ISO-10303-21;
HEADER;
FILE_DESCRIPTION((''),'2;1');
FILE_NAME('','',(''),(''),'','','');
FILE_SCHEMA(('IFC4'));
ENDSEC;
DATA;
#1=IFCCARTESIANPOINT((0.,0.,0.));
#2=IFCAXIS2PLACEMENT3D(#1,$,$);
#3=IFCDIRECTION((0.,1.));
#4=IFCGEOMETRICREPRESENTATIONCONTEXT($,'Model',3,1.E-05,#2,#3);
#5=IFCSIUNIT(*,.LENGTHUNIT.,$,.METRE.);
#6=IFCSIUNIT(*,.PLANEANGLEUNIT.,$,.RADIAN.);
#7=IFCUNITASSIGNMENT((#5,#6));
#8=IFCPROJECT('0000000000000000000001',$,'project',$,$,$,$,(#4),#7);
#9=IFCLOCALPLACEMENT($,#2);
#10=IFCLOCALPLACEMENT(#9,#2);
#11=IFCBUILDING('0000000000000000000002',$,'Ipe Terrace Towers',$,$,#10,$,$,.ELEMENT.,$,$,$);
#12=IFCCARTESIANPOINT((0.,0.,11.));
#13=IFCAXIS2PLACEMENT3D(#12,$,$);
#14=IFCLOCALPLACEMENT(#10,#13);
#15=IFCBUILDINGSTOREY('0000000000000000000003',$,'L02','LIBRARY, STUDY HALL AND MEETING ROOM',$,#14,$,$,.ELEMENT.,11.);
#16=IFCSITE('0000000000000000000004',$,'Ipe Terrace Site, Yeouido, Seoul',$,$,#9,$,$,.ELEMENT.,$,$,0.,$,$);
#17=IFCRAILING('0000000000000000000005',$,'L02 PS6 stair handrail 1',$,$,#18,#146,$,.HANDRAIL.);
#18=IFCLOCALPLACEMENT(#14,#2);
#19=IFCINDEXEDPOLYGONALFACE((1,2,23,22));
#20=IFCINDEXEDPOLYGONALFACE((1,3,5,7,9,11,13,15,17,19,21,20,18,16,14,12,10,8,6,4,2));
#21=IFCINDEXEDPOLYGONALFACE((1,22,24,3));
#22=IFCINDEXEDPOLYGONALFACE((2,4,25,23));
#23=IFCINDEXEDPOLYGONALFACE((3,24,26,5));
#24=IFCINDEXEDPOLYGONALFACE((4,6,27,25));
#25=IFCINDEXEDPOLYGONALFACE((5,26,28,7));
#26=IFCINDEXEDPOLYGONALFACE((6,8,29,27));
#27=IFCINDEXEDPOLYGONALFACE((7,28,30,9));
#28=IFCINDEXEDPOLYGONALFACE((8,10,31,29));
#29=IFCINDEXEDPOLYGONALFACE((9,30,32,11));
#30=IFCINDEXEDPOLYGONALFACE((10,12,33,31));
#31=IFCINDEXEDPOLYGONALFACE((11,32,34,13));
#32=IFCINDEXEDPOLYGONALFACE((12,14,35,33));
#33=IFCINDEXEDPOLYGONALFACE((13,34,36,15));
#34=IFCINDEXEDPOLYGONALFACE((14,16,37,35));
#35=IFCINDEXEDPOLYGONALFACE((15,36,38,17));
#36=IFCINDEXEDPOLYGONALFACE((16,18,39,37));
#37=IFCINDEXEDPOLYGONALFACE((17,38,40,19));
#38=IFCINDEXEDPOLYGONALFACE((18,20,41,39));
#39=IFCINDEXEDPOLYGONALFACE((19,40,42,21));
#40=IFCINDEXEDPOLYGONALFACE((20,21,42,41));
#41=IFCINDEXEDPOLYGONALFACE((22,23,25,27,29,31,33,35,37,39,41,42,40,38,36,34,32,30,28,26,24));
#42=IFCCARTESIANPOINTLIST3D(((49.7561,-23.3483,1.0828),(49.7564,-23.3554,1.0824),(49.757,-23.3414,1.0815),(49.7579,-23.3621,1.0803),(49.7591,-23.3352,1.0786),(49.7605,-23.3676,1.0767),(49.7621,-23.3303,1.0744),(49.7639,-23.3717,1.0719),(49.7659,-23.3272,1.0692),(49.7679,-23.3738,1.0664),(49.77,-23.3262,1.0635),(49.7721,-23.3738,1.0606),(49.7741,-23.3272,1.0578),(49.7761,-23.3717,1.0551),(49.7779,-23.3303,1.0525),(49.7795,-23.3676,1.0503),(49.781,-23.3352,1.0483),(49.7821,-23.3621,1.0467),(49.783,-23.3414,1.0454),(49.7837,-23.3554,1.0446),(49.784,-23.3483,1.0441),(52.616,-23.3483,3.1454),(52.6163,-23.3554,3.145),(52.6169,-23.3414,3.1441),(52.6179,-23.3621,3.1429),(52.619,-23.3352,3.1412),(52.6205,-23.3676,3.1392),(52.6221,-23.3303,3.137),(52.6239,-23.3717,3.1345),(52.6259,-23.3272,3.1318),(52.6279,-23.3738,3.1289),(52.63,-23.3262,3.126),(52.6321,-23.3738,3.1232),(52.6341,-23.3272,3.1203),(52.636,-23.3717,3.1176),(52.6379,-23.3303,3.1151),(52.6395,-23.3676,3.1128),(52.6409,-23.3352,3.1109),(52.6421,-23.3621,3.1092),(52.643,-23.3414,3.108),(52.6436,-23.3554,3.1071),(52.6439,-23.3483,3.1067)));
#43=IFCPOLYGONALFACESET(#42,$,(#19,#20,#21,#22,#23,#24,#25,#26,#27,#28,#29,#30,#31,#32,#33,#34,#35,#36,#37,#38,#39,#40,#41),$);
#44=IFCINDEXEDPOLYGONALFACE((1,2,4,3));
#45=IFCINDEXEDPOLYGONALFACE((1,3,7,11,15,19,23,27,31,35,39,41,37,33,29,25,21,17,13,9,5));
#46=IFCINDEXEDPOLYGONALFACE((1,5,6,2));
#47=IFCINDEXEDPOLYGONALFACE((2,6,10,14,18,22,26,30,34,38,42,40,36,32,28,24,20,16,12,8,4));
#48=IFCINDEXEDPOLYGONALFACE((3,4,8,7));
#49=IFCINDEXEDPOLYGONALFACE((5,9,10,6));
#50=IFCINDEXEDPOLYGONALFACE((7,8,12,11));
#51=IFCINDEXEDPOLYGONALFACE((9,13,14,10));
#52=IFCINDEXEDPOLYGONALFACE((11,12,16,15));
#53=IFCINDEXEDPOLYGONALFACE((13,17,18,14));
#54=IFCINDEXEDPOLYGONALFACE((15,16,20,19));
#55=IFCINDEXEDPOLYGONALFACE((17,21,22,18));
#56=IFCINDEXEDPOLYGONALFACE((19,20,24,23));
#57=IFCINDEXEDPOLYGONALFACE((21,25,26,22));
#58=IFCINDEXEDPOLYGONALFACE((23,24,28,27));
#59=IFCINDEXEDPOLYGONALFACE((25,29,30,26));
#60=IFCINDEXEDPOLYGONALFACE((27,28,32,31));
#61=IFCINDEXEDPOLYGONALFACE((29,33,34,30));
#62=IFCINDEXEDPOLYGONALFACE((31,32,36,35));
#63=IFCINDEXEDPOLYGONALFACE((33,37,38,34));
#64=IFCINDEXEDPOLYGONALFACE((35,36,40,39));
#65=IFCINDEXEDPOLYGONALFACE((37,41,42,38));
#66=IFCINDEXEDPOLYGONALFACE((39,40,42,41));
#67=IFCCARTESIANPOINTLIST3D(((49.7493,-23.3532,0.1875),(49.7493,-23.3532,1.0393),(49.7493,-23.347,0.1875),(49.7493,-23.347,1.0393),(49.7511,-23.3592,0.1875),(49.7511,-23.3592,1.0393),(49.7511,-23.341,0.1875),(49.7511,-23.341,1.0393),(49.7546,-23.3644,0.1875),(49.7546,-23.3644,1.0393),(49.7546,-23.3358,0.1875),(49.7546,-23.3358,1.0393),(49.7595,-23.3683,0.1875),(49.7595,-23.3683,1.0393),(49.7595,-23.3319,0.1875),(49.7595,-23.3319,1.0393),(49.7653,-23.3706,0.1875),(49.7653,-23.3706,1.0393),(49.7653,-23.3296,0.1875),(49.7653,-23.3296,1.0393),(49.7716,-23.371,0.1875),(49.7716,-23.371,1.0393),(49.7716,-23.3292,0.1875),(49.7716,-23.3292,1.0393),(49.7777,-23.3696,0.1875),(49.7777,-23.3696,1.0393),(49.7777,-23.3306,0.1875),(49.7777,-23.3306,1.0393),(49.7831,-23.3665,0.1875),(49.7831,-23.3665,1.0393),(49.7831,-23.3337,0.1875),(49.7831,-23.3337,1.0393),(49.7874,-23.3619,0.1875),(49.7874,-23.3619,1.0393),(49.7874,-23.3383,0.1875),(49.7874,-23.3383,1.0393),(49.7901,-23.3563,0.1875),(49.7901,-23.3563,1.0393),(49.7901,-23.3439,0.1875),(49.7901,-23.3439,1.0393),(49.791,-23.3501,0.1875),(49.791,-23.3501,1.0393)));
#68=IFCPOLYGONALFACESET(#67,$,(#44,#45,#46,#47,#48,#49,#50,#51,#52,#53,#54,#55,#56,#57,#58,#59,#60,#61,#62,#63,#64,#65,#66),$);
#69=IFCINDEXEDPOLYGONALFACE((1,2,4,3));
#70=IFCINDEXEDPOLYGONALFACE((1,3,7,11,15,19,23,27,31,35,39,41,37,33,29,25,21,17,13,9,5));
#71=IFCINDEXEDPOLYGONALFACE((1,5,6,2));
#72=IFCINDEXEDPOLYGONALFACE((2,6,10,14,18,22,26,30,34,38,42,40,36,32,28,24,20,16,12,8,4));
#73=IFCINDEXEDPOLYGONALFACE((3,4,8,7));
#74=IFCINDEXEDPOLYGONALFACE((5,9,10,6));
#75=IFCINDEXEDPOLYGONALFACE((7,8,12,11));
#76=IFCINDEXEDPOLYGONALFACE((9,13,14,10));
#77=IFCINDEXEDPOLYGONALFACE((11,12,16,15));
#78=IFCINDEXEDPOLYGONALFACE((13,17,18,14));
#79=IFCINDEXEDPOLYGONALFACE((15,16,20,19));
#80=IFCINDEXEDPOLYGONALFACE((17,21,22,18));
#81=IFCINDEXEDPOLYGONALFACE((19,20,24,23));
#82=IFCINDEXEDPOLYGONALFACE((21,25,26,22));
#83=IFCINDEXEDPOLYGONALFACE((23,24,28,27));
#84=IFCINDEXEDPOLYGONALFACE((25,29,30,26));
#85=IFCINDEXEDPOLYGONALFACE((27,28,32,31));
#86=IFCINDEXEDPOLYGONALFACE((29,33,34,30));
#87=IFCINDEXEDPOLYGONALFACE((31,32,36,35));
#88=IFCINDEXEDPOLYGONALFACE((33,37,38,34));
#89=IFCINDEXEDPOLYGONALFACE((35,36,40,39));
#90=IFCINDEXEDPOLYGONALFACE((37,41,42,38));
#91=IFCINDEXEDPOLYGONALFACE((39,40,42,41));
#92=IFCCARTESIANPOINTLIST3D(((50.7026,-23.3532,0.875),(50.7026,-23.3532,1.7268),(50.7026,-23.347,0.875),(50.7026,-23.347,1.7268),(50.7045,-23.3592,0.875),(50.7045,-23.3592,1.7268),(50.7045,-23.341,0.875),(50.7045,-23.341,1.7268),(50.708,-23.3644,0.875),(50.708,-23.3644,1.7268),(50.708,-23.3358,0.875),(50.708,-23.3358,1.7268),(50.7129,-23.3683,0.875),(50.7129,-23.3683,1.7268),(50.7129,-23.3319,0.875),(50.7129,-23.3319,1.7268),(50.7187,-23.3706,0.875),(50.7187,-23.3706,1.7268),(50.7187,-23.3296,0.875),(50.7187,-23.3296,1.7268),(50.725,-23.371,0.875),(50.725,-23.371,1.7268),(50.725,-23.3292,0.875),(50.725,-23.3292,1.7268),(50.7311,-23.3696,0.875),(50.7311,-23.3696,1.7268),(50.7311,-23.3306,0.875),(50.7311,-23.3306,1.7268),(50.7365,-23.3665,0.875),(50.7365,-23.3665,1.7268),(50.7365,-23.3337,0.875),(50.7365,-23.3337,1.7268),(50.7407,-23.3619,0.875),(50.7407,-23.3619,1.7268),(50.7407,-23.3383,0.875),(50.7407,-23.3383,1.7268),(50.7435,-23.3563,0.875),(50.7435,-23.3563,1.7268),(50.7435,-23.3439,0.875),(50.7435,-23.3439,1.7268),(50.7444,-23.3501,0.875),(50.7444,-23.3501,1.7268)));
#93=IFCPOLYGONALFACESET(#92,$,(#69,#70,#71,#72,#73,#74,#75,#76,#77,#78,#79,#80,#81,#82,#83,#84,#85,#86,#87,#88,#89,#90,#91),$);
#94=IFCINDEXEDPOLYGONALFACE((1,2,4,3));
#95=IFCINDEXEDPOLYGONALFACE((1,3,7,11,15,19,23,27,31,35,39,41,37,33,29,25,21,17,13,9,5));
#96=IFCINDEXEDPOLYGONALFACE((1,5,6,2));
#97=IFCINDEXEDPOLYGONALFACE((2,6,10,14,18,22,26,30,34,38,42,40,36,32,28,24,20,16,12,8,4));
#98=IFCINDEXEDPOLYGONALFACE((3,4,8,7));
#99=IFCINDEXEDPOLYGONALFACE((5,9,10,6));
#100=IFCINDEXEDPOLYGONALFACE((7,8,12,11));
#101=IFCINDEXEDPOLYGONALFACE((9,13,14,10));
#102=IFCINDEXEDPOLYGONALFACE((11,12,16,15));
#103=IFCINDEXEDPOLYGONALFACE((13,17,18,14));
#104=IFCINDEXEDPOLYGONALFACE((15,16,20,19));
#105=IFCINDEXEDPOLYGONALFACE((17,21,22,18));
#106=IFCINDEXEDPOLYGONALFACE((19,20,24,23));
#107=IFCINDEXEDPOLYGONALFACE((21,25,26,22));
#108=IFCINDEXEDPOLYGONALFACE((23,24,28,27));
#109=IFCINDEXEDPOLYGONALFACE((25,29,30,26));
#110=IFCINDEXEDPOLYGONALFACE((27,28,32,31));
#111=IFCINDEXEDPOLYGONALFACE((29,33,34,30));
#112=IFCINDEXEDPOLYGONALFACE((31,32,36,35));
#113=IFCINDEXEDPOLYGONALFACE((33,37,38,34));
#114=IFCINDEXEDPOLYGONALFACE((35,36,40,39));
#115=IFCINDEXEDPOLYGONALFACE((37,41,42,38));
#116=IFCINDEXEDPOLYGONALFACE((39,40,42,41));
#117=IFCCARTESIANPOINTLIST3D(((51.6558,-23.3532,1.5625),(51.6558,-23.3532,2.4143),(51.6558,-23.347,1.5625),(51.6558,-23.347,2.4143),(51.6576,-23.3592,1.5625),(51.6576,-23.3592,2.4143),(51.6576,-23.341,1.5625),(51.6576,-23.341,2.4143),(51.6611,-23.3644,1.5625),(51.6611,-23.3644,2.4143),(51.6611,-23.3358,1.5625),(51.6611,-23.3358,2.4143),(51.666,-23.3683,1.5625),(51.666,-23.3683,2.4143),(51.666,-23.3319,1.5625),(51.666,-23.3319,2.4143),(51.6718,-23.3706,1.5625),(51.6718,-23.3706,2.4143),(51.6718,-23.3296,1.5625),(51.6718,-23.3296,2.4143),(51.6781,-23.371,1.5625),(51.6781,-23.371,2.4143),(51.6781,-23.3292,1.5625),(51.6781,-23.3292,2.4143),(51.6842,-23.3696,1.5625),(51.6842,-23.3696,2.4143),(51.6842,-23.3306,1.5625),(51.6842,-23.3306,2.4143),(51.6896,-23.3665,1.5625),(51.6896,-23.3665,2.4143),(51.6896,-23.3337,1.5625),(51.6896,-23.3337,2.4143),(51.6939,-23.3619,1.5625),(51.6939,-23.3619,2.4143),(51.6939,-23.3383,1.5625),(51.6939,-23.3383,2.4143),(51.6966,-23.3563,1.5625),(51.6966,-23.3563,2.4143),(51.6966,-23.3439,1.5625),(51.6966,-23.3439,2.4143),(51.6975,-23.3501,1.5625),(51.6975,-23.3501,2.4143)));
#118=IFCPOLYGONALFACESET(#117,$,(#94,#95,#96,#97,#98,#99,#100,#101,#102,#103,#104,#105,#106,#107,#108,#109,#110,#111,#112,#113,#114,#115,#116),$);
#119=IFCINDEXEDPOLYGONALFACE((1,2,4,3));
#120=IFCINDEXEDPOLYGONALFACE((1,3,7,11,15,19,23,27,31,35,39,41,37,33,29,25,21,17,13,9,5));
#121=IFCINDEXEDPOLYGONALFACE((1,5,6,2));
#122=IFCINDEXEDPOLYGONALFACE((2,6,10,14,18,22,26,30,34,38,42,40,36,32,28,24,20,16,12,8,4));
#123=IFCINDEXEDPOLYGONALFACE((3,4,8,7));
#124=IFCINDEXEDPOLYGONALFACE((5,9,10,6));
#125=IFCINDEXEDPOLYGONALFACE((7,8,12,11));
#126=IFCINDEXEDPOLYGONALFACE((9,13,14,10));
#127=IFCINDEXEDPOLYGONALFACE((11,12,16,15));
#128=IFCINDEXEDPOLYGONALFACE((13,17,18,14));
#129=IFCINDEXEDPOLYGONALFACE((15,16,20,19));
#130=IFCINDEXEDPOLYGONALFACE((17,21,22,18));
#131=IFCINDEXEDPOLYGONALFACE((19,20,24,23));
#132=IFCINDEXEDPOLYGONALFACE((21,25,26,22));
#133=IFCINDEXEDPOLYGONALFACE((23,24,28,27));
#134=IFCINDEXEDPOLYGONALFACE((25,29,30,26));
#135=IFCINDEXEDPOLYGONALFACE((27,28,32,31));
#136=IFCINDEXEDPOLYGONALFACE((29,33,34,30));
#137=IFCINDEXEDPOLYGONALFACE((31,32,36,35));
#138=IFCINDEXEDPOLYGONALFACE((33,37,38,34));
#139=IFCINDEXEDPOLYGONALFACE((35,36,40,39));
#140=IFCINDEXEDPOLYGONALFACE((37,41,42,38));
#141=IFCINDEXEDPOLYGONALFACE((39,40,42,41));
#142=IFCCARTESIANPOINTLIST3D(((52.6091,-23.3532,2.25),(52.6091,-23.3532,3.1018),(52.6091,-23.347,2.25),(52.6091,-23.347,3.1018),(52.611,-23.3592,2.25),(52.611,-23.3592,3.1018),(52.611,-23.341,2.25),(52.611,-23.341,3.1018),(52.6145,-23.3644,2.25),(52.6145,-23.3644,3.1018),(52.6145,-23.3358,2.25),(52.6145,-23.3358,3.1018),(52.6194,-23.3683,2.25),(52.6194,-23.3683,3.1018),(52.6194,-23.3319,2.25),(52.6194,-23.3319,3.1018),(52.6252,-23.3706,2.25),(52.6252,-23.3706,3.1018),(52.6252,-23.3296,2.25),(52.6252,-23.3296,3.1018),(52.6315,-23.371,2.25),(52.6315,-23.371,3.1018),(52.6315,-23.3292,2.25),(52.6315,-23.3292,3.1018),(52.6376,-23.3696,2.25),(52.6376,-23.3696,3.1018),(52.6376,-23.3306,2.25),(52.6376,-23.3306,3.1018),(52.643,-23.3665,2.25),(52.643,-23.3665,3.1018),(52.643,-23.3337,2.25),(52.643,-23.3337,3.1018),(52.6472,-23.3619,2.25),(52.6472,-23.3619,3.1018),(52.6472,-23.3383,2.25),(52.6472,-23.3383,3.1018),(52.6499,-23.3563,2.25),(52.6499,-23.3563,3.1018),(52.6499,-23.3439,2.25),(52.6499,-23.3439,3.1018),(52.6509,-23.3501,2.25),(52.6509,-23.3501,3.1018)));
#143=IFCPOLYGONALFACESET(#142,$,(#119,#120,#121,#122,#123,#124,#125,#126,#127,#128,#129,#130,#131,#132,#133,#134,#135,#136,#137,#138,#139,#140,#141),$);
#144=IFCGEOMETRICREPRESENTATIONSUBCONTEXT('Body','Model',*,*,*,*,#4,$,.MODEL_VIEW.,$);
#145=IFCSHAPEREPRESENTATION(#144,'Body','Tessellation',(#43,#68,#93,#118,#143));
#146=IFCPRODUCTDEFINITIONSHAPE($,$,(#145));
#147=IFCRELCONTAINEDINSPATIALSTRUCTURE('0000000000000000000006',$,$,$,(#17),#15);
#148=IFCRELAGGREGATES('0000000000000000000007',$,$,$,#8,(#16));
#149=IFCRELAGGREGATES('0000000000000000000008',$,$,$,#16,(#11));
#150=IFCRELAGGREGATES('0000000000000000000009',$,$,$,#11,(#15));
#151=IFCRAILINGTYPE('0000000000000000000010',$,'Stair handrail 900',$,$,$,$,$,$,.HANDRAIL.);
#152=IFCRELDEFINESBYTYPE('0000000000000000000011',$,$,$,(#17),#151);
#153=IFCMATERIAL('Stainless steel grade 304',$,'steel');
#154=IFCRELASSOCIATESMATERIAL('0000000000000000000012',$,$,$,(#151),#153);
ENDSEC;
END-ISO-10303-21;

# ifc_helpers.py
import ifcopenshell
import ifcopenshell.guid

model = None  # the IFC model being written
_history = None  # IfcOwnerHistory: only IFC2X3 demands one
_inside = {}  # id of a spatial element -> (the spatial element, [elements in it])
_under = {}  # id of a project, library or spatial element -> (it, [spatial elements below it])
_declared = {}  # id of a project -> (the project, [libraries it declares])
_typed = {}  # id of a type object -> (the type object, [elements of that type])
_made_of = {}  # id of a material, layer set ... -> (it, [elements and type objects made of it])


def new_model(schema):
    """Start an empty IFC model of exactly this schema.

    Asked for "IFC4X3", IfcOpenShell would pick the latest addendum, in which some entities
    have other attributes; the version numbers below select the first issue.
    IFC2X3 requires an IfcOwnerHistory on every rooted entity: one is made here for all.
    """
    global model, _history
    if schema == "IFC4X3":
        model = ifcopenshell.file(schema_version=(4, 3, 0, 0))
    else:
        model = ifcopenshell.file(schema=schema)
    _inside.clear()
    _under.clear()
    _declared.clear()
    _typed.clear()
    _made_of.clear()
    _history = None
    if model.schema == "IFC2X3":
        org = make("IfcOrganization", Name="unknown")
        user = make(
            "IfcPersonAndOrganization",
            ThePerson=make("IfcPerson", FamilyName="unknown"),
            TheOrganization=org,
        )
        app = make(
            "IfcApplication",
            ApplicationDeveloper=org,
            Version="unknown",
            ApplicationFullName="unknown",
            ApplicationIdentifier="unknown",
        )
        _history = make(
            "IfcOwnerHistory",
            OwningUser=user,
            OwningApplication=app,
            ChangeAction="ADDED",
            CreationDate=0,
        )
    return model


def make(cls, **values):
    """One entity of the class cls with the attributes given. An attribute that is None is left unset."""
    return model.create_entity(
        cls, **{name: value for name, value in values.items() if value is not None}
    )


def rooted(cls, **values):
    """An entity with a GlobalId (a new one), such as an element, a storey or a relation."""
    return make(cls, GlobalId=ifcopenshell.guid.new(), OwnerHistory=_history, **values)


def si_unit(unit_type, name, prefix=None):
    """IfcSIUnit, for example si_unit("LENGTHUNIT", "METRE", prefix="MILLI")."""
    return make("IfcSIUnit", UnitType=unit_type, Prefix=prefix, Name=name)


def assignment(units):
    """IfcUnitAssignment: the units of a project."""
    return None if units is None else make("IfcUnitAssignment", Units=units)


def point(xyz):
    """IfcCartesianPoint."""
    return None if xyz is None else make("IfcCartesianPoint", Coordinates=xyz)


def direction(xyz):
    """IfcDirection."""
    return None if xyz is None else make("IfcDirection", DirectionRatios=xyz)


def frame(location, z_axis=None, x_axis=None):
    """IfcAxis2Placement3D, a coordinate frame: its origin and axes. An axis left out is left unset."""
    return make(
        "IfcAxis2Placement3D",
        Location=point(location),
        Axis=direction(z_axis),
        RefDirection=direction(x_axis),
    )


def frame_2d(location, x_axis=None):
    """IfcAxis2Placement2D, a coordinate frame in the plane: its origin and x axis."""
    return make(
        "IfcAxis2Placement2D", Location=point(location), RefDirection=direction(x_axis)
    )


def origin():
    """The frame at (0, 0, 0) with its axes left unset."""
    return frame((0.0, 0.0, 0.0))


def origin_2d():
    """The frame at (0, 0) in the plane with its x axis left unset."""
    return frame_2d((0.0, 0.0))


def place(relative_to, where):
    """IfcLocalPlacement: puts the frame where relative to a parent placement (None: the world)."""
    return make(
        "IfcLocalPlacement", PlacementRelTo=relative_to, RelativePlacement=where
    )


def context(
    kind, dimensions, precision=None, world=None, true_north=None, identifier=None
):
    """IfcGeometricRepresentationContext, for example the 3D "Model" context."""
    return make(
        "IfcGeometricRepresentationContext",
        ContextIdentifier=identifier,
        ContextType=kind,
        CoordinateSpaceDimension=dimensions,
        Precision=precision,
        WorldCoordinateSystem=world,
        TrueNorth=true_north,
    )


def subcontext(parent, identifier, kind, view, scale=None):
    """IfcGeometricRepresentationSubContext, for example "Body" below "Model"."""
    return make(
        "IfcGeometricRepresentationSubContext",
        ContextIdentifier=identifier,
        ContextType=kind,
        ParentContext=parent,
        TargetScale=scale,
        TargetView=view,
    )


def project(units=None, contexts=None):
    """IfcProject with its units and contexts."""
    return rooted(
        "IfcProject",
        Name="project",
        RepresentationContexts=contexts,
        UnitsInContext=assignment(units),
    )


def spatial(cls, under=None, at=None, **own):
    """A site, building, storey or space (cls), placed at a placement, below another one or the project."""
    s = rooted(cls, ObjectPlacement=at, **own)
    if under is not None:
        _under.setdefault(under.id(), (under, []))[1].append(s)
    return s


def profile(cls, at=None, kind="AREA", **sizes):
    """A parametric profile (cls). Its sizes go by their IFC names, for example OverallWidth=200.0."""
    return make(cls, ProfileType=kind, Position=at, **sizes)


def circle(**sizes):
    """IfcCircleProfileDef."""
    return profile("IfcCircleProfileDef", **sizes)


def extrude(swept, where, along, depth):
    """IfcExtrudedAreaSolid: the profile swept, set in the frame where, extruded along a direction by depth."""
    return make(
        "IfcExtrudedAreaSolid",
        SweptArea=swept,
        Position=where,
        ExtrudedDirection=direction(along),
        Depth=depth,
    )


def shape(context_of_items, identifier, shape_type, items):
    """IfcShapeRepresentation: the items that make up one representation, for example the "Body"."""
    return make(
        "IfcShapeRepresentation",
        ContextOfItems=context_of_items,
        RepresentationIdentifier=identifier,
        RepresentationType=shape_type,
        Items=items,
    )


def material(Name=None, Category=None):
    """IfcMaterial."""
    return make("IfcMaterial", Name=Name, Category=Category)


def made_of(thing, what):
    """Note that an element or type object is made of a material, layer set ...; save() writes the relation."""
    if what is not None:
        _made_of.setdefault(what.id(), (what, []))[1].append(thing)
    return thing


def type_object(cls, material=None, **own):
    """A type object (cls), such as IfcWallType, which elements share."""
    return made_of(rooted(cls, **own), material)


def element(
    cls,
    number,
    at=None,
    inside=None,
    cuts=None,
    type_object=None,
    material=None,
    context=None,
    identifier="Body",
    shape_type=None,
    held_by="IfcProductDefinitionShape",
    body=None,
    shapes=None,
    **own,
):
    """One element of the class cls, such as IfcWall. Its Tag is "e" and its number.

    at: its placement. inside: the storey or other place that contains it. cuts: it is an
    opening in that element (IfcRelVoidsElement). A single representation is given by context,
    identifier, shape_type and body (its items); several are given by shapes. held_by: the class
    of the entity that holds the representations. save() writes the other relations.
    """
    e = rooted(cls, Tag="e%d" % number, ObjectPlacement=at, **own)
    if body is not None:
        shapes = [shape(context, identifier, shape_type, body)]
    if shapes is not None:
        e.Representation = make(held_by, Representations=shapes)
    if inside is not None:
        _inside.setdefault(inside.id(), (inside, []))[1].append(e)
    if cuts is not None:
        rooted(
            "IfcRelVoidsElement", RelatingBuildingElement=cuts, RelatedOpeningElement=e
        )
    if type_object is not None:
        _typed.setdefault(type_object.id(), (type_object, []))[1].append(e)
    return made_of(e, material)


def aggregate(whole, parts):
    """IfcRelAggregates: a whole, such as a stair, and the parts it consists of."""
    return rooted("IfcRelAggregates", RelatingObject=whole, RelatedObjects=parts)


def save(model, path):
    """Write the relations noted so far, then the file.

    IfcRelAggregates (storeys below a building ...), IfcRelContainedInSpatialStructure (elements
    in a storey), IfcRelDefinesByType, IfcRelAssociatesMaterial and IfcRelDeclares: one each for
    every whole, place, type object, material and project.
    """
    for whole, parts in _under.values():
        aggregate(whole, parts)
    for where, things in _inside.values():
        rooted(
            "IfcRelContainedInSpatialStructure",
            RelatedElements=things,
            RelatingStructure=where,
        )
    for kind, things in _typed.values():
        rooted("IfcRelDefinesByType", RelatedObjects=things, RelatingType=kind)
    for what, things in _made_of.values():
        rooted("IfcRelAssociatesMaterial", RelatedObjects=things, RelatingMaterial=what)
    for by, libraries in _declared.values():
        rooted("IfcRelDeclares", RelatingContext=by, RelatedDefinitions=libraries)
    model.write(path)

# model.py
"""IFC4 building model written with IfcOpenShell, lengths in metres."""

from ifc_helpers import new_model, si_unit, direction, frame, origin, origin_2d, place, context, subcontext, project, spatial, circle, extrude, material, type_object, element, save


model = new_model("IFC4")

# Units and contexts
model_context = context("Model", 3, precision=1e-05, world=origin(), true_north=direction((0.0, 1.0)))
body_context = subcontext(model_context, "Body", "Model", "MODEL_VIEW")
ifc_project = project(units=[si_unit("LENGTHUNIT", "METRE"), si_unit("PLANEANGLEUNIT", "RADIAN")], contexts=[model_context])

# Site, building, storey
site_placement = place(None, origin())
site = spatial("IfcSite", under=ifc_project, at=site_placement, Name="Ipe Terrace Site, Yeouido, Seoul", CompositionType="ELEMENT", RefElevation=0.0)
building_placement = place(site_placement, origin())
building = spatial("IfcBuilding", under=site, at=building_placement, Name="Ipe Terrace Towers", CompositionType="ELEMENT")
storey_placement = place(building_placement, frame((0.0, 0.0, 11.0)))
storey = spatial("IfcBuildingStorey", under=building, at=storey_placement, Name="L02", Description="LIBRARY, STUDY HALL AND MEETING ROOM", CompositionType="ELEMENT", Elevation=11.0)

# Railing
ifc_material_1 = material(Name="Stainless steel grade 304", Category="steel")
railing_type_1 = type_object("IfcRailingType", Name="Stair handrail 900", PredefinedType="HANDRAIL", material=ifc_material_1)
railing_1_placement = place(storey_placement, frame((49.77, -23.3501, 0.1875)))
element("IfcRailing", 1, at=railing_1_placement, inside=storey, type_object=railing_type_1, Name="L02 PS6 stair handrail 1", PredefinedType="HANDRAIL", context=body_context, shape_type="SweptSolid", body=[
    extrude(circle(Radius=0.0239, at=origin_2d()), frame((0.0, 0.0, 0.876), z_axis=(0.811077, 0.0, 0.584939), x_axis=(0.0, 1.0, 0.0)), (0.0, 0.0, 1.0), 3.5261),
    extrude(circle(Radius=0.021, at=origin_2d()), origin(), (0.0, 0.0, 1.0), 0.8518),
    extrude(circle(Radius=0.021, at=origin_2d()), frame((0.9534, 0.0, 0.6875)), (0.0, 0.0, 1.0), 0.8518),
    extrude(circle(Radius=0.021, at=origin_2d()), frame((1.9065, 0.0, 1.375)), (0.0, 0.0, 1.0), 0.8518),
    extrude(circle(Radius=0.021, at=origin_2d()), frame((2.8599, 0.0, 2.0625)), (0.0, 0.0, 1.0), 0.8518),
])

save(model, "model.ifc")
